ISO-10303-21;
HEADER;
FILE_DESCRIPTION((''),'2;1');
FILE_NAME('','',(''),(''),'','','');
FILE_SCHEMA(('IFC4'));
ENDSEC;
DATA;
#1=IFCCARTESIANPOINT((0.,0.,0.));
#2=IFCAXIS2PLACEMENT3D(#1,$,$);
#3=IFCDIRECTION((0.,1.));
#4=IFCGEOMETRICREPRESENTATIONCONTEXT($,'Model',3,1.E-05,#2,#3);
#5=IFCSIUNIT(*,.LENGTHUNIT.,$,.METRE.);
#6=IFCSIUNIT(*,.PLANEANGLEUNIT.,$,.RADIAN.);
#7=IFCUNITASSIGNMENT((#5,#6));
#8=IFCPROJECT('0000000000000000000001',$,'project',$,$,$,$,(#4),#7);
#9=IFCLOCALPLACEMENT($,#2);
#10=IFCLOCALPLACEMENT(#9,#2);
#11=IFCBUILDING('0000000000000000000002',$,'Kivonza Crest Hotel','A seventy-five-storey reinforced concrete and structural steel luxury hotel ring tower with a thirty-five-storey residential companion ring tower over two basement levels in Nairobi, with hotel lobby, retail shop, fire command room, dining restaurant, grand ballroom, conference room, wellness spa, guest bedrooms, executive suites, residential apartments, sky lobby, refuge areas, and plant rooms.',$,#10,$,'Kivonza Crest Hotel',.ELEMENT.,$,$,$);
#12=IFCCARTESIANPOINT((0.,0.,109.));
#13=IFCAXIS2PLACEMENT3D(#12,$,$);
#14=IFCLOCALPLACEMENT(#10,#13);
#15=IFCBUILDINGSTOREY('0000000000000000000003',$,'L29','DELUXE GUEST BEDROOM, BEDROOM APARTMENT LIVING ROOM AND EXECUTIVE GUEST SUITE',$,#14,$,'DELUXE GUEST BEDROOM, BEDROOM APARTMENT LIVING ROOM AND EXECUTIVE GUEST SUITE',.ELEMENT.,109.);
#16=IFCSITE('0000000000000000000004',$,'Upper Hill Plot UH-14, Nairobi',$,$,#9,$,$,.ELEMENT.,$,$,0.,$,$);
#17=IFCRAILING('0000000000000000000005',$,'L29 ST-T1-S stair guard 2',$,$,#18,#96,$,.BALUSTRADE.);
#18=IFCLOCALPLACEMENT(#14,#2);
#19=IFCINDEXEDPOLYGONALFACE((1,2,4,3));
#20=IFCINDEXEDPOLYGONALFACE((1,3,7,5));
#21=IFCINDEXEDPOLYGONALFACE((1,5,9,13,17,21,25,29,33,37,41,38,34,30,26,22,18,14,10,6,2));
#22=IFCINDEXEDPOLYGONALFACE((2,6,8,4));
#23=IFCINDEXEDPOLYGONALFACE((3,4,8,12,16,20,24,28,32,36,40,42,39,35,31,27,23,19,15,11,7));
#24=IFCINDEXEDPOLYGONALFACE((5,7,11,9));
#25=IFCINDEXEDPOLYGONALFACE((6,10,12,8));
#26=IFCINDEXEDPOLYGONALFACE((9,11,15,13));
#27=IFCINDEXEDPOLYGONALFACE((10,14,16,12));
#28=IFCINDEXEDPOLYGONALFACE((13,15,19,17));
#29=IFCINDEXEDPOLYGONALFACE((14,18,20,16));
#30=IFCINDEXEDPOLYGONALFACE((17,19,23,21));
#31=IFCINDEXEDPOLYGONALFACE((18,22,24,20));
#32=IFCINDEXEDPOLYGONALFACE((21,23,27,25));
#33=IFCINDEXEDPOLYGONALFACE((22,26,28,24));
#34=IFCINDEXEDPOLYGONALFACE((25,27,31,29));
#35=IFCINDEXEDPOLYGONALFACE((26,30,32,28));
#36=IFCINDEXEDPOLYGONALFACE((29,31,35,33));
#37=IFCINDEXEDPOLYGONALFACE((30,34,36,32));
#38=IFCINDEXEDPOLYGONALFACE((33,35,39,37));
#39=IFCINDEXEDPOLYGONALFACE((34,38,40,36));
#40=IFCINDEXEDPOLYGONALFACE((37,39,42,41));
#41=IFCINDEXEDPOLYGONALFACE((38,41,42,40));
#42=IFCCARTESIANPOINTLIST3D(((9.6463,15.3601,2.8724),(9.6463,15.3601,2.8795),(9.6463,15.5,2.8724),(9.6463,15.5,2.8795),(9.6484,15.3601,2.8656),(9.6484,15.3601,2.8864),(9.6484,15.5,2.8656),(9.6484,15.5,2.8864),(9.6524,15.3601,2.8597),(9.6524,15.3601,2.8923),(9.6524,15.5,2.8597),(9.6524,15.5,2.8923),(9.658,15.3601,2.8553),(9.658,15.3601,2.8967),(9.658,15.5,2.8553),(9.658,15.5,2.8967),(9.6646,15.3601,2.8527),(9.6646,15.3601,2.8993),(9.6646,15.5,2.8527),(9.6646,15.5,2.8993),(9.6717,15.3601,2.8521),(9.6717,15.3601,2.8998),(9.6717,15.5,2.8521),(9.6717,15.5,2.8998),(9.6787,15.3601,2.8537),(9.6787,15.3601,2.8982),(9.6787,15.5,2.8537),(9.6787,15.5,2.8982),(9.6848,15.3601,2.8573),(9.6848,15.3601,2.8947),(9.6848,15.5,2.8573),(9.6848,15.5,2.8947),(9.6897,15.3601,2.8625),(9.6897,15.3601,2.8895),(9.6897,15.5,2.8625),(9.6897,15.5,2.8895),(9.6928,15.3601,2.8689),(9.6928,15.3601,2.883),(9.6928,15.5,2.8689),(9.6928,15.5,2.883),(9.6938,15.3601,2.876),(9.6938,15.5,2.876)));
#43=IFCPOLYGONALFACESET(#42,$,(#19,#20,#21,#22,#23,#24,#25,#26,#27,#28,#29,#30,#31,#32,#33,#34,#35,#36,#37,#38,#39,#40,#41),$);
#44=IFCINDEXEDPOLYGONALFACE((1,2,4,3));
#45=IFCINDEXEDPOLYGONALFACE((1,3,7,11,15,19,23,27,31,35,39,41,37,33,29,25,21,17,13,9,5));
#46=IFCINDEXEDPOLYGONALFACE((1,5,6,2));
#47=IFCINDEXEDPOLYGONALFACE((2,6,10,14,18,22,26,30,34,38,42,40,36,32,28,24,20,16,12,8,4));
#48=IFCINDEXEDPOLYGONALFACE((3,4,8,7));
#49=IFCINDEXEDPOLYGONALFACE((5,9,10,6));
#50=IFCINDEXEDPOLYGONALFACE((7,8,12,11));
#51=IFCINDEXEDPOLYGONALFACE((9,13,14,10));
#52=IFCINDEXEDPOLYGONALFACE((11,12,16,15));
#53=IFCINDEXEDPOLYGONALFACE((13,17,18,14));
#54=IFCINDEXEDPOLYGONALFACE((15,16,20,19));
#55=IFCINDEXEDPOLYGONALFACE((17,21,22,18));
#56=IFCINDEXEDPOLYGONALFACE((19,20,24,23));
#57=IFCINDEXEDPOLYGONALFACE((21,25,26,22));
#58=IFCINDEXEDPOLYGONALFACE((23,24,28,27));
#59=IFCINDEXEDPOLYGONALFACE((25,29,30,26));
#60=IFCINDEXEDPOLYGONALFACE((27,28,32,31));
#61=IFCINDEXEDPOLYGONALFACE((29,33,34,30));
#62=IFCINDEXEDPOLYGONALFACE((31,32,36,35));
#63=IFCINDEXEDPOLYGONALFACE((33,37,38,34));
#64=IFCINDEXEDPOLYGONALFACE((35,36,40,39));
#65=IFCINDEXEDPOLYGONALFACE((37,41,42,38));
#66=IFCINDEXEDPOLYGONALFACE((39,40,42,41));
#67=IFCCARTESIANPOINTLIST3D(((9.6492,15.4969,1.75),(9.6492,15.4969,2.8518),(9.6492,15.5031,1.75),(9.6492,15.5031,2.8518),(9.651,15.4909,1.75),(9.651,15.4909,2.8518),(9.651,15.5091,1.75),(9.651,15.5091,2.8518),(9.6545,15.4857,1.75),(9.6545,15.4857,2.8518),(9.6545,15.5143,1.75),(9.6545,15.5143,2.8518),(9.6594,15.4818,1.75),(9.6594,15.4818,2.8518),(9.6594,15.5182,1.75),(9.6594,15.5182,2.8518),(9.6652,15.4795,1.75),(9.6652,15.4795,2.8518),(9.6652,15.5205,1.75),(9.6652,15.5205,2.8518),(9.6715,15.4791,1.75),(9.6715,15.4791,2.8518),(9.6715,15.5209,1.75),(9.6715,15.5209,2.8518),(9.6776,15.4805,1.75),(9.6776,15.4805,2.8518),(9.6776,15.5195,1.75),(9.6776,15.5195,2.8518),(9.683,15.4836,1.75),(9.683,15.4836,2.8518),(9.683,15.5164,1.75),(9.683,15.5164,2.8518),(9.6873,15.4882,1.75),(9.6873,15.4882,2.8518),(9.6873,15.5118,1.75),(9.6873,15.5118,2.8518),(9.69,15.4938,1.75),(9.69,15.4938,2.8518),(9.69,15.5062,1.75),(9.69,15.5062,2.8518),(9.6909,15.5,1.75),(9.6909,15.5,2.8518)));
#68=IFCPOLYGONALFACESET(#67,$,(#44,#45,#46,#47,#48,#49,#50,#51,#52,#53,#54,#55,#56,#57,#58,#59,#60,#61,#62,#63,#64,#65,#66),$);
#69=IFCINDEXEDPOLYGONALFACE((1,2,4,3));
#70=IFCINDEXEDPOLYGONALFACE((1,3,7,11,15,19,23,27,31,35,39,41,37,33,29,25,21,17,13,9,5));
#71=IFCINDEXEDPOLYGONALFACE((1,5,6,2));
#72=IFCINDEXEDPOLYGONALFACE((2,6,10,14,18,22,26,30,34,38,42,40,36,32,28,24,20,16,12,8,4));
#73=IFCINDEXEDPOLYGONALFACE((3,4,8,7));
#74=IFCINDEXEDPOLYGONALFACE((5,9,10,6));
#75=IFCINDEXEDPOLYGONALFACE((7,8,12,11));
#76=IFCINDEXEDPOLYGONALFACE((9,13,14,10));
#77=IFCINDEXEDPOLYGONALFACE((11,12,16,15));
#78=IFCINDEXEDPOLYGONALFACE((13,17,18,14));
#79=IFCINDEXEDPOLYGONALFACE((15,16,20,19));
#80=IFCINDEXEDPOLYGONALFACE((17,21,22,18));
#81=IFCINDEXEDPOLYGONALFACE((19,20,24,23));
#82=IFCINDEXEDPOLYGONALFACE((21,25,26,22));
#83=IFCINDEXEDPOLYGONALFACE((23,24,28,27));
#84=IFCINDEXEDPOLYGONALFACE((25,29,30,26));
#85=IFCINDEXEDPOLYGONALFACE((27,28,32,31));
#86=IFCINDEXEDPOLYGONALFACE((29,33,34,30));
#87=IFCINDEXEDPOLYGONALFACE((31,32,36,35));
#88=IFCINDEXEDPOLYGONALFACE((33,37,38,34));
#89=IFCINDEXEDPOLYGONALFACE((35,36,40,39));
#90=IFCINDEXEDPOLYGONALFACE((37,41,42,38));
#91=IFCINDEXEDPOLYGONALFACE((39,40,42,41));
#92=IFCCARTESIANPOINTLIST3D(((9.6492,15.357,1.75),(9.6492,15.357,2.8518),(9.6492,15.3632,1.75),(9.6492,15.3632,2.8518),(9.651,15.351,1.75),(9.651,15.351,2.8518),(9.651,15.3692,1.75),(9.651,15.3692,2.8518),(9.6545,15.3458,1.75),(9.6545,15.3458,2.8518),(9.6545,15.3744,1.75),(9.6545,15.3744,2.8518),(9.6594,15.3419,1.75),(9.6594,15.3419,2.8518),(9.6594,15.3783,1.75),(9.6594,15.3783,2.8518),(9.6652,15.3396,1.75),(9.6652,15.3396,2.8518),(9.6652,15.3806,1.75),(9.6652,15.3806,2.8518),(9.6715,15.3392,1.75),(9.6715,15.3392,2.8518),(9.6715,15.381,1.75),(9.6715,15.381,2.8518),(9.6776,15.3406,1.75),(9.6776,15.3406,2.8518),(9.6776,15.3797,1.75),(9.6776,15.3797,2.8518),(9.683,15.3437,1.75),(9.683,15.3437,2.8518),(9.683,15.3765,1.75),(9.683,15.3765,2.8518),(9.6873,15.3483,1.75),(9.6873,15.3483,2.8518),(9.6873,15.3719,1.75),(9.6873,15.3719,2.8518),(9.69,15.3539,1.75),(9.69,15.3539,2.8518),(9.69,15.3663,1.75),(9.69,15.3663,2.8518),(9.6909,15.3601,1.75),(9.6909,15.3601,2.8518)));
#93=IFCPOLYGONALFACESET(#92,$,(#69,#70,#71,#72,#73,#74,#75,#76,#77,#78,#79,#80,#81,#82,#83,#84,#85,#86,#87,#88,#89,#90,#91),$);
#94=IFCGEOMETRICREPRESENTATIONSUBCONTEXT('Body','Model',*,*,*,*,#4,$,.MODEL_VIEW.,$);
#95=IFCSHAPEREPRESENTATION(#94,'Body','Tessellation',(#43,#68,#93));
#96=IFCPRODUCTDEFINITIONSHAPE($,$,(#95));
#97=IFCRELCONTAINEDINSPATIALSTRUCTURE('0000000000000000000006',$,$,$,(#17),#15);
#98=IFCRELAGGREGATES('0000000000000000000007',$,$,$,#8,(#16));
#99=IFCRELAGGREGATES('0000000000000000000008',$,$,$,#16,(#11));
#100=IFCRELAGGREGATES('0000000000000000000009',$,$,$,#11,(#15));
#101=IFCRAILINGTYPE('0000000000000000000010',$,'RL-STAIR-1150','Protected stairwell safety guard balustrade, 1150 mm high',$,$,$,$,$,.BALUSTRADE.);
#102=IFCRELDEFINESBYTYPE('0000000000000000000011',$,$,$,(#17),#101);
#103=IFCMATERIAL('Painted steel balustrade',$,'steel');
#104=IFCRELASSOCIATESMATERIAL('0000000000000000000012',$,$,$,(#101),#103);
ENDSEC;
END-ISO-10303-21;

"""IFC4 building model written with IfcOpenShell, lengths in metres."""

from ifc_helpers import new_model, si_unit, direction, frame, origin, origin_2d, place, context, subcontext, project, spatial, circle, extrude, material, type_object, element, save


model = new_model("IFC4")

# Units and contexts
model_context = context("Model", 3, precision=1e-05, world=origin(), true_north=direction((0.0, 1.0)))
body_context = subcontext(model_context, "Body", "Model", "MODEL_VIEW")
ifc_project = project(units=[si_unit("LENGTHUNIT", "METRE"), si_unit("PLANEANGLEUNIT", "RADIAN")], contexts=[model_context])

# Site, building, storey
site_placement = place(None, origin())
site = spatial("IfcSite", under=ifc_project, at=site_placement, Name="Upper Hill Plot UH-14, Nairobi", CompositionType="ELEMENT", RefElevation=0.0)
building_placement = place(site_placement, origin())
building = spatial("IfcBuilding", under=site, at=building_placement, Name="Kivonza Crest Hotel", Description="A seventy-five-storey reinforced concrete and structural steel luxury hotel ring tower with a thirty-five-storey residential companion ring tower over two basement levels in Nairobi, with hotel lobby, retail shop, fire command room, dining restaurant, grand ballroom, conference room, wellness spa, guest bedrooms, executive suites, residential apartments, sky lobby, refuge areas, and plant rooms.", LongName="Kivonza Crest Hotel", CompositionType="ELEMENT")
storey_placement = place(building_placement, frame((0.0, 0.0, 109.0)))
storey = spatial("IfcBuildingStorey", under=building, at=storey_placement, Name="L29", Description="DELUXE GUEST BEDROOM, BEDROOM APARTMENT LIVING ROOM AND EXECUTIVE GUEST SUITE", LongName="DELUXE GUEST BEDROOM, BEDROOM APARTMENT LIVING ROOM AND EXECUTIVE GUEST SUITE", CompositionType="ELEMENT", Elevation=109.0)

# Railing
ifc_material_1 = material(Name="Painted steel balustrade", Category="steel")
railing_type_1 = type_object("IfcRailingType", Name="RL-STAIR-1150", Description="Protected stairwell safety guard balustrade, 1150 mm high", PredefinedType="BALUSTRADE", material=ifc_material_1)
railing_1_placement = place(storey_placement, frame((9.6699, 15.5, 1.75)))
element("IfcRailing", 1, at=railing_1_placement, inside=storey, type_object=railing_type_1, Name="L29 ST-T1-S stair guard 2", PredefinedType="BALUSTRADE", context=body_context, shape_type="SweptSolid", body=[
    extrude(circle(Radius=0.0239, at=origin_2d()), frame((0.0, 0.0, 1.126), z_axis=(0.0, -1.0, 0.0), x_axis=(1.0, 0.0, 0.0)), (0.0, 0.0, 1.0), 0.1399),
    extrude(circle(Radius=0.021, at=origin_2d()), origin(), (0.0, 0.0, 1.0), 1.1018),
    extrude(circle(Radius=0.021, at=origin_2d()), frame((0.0, -0.1399, 0.0)), (0.0, 0.0, 1.0), 1.1018),
])

save(model, "model.ifc")
